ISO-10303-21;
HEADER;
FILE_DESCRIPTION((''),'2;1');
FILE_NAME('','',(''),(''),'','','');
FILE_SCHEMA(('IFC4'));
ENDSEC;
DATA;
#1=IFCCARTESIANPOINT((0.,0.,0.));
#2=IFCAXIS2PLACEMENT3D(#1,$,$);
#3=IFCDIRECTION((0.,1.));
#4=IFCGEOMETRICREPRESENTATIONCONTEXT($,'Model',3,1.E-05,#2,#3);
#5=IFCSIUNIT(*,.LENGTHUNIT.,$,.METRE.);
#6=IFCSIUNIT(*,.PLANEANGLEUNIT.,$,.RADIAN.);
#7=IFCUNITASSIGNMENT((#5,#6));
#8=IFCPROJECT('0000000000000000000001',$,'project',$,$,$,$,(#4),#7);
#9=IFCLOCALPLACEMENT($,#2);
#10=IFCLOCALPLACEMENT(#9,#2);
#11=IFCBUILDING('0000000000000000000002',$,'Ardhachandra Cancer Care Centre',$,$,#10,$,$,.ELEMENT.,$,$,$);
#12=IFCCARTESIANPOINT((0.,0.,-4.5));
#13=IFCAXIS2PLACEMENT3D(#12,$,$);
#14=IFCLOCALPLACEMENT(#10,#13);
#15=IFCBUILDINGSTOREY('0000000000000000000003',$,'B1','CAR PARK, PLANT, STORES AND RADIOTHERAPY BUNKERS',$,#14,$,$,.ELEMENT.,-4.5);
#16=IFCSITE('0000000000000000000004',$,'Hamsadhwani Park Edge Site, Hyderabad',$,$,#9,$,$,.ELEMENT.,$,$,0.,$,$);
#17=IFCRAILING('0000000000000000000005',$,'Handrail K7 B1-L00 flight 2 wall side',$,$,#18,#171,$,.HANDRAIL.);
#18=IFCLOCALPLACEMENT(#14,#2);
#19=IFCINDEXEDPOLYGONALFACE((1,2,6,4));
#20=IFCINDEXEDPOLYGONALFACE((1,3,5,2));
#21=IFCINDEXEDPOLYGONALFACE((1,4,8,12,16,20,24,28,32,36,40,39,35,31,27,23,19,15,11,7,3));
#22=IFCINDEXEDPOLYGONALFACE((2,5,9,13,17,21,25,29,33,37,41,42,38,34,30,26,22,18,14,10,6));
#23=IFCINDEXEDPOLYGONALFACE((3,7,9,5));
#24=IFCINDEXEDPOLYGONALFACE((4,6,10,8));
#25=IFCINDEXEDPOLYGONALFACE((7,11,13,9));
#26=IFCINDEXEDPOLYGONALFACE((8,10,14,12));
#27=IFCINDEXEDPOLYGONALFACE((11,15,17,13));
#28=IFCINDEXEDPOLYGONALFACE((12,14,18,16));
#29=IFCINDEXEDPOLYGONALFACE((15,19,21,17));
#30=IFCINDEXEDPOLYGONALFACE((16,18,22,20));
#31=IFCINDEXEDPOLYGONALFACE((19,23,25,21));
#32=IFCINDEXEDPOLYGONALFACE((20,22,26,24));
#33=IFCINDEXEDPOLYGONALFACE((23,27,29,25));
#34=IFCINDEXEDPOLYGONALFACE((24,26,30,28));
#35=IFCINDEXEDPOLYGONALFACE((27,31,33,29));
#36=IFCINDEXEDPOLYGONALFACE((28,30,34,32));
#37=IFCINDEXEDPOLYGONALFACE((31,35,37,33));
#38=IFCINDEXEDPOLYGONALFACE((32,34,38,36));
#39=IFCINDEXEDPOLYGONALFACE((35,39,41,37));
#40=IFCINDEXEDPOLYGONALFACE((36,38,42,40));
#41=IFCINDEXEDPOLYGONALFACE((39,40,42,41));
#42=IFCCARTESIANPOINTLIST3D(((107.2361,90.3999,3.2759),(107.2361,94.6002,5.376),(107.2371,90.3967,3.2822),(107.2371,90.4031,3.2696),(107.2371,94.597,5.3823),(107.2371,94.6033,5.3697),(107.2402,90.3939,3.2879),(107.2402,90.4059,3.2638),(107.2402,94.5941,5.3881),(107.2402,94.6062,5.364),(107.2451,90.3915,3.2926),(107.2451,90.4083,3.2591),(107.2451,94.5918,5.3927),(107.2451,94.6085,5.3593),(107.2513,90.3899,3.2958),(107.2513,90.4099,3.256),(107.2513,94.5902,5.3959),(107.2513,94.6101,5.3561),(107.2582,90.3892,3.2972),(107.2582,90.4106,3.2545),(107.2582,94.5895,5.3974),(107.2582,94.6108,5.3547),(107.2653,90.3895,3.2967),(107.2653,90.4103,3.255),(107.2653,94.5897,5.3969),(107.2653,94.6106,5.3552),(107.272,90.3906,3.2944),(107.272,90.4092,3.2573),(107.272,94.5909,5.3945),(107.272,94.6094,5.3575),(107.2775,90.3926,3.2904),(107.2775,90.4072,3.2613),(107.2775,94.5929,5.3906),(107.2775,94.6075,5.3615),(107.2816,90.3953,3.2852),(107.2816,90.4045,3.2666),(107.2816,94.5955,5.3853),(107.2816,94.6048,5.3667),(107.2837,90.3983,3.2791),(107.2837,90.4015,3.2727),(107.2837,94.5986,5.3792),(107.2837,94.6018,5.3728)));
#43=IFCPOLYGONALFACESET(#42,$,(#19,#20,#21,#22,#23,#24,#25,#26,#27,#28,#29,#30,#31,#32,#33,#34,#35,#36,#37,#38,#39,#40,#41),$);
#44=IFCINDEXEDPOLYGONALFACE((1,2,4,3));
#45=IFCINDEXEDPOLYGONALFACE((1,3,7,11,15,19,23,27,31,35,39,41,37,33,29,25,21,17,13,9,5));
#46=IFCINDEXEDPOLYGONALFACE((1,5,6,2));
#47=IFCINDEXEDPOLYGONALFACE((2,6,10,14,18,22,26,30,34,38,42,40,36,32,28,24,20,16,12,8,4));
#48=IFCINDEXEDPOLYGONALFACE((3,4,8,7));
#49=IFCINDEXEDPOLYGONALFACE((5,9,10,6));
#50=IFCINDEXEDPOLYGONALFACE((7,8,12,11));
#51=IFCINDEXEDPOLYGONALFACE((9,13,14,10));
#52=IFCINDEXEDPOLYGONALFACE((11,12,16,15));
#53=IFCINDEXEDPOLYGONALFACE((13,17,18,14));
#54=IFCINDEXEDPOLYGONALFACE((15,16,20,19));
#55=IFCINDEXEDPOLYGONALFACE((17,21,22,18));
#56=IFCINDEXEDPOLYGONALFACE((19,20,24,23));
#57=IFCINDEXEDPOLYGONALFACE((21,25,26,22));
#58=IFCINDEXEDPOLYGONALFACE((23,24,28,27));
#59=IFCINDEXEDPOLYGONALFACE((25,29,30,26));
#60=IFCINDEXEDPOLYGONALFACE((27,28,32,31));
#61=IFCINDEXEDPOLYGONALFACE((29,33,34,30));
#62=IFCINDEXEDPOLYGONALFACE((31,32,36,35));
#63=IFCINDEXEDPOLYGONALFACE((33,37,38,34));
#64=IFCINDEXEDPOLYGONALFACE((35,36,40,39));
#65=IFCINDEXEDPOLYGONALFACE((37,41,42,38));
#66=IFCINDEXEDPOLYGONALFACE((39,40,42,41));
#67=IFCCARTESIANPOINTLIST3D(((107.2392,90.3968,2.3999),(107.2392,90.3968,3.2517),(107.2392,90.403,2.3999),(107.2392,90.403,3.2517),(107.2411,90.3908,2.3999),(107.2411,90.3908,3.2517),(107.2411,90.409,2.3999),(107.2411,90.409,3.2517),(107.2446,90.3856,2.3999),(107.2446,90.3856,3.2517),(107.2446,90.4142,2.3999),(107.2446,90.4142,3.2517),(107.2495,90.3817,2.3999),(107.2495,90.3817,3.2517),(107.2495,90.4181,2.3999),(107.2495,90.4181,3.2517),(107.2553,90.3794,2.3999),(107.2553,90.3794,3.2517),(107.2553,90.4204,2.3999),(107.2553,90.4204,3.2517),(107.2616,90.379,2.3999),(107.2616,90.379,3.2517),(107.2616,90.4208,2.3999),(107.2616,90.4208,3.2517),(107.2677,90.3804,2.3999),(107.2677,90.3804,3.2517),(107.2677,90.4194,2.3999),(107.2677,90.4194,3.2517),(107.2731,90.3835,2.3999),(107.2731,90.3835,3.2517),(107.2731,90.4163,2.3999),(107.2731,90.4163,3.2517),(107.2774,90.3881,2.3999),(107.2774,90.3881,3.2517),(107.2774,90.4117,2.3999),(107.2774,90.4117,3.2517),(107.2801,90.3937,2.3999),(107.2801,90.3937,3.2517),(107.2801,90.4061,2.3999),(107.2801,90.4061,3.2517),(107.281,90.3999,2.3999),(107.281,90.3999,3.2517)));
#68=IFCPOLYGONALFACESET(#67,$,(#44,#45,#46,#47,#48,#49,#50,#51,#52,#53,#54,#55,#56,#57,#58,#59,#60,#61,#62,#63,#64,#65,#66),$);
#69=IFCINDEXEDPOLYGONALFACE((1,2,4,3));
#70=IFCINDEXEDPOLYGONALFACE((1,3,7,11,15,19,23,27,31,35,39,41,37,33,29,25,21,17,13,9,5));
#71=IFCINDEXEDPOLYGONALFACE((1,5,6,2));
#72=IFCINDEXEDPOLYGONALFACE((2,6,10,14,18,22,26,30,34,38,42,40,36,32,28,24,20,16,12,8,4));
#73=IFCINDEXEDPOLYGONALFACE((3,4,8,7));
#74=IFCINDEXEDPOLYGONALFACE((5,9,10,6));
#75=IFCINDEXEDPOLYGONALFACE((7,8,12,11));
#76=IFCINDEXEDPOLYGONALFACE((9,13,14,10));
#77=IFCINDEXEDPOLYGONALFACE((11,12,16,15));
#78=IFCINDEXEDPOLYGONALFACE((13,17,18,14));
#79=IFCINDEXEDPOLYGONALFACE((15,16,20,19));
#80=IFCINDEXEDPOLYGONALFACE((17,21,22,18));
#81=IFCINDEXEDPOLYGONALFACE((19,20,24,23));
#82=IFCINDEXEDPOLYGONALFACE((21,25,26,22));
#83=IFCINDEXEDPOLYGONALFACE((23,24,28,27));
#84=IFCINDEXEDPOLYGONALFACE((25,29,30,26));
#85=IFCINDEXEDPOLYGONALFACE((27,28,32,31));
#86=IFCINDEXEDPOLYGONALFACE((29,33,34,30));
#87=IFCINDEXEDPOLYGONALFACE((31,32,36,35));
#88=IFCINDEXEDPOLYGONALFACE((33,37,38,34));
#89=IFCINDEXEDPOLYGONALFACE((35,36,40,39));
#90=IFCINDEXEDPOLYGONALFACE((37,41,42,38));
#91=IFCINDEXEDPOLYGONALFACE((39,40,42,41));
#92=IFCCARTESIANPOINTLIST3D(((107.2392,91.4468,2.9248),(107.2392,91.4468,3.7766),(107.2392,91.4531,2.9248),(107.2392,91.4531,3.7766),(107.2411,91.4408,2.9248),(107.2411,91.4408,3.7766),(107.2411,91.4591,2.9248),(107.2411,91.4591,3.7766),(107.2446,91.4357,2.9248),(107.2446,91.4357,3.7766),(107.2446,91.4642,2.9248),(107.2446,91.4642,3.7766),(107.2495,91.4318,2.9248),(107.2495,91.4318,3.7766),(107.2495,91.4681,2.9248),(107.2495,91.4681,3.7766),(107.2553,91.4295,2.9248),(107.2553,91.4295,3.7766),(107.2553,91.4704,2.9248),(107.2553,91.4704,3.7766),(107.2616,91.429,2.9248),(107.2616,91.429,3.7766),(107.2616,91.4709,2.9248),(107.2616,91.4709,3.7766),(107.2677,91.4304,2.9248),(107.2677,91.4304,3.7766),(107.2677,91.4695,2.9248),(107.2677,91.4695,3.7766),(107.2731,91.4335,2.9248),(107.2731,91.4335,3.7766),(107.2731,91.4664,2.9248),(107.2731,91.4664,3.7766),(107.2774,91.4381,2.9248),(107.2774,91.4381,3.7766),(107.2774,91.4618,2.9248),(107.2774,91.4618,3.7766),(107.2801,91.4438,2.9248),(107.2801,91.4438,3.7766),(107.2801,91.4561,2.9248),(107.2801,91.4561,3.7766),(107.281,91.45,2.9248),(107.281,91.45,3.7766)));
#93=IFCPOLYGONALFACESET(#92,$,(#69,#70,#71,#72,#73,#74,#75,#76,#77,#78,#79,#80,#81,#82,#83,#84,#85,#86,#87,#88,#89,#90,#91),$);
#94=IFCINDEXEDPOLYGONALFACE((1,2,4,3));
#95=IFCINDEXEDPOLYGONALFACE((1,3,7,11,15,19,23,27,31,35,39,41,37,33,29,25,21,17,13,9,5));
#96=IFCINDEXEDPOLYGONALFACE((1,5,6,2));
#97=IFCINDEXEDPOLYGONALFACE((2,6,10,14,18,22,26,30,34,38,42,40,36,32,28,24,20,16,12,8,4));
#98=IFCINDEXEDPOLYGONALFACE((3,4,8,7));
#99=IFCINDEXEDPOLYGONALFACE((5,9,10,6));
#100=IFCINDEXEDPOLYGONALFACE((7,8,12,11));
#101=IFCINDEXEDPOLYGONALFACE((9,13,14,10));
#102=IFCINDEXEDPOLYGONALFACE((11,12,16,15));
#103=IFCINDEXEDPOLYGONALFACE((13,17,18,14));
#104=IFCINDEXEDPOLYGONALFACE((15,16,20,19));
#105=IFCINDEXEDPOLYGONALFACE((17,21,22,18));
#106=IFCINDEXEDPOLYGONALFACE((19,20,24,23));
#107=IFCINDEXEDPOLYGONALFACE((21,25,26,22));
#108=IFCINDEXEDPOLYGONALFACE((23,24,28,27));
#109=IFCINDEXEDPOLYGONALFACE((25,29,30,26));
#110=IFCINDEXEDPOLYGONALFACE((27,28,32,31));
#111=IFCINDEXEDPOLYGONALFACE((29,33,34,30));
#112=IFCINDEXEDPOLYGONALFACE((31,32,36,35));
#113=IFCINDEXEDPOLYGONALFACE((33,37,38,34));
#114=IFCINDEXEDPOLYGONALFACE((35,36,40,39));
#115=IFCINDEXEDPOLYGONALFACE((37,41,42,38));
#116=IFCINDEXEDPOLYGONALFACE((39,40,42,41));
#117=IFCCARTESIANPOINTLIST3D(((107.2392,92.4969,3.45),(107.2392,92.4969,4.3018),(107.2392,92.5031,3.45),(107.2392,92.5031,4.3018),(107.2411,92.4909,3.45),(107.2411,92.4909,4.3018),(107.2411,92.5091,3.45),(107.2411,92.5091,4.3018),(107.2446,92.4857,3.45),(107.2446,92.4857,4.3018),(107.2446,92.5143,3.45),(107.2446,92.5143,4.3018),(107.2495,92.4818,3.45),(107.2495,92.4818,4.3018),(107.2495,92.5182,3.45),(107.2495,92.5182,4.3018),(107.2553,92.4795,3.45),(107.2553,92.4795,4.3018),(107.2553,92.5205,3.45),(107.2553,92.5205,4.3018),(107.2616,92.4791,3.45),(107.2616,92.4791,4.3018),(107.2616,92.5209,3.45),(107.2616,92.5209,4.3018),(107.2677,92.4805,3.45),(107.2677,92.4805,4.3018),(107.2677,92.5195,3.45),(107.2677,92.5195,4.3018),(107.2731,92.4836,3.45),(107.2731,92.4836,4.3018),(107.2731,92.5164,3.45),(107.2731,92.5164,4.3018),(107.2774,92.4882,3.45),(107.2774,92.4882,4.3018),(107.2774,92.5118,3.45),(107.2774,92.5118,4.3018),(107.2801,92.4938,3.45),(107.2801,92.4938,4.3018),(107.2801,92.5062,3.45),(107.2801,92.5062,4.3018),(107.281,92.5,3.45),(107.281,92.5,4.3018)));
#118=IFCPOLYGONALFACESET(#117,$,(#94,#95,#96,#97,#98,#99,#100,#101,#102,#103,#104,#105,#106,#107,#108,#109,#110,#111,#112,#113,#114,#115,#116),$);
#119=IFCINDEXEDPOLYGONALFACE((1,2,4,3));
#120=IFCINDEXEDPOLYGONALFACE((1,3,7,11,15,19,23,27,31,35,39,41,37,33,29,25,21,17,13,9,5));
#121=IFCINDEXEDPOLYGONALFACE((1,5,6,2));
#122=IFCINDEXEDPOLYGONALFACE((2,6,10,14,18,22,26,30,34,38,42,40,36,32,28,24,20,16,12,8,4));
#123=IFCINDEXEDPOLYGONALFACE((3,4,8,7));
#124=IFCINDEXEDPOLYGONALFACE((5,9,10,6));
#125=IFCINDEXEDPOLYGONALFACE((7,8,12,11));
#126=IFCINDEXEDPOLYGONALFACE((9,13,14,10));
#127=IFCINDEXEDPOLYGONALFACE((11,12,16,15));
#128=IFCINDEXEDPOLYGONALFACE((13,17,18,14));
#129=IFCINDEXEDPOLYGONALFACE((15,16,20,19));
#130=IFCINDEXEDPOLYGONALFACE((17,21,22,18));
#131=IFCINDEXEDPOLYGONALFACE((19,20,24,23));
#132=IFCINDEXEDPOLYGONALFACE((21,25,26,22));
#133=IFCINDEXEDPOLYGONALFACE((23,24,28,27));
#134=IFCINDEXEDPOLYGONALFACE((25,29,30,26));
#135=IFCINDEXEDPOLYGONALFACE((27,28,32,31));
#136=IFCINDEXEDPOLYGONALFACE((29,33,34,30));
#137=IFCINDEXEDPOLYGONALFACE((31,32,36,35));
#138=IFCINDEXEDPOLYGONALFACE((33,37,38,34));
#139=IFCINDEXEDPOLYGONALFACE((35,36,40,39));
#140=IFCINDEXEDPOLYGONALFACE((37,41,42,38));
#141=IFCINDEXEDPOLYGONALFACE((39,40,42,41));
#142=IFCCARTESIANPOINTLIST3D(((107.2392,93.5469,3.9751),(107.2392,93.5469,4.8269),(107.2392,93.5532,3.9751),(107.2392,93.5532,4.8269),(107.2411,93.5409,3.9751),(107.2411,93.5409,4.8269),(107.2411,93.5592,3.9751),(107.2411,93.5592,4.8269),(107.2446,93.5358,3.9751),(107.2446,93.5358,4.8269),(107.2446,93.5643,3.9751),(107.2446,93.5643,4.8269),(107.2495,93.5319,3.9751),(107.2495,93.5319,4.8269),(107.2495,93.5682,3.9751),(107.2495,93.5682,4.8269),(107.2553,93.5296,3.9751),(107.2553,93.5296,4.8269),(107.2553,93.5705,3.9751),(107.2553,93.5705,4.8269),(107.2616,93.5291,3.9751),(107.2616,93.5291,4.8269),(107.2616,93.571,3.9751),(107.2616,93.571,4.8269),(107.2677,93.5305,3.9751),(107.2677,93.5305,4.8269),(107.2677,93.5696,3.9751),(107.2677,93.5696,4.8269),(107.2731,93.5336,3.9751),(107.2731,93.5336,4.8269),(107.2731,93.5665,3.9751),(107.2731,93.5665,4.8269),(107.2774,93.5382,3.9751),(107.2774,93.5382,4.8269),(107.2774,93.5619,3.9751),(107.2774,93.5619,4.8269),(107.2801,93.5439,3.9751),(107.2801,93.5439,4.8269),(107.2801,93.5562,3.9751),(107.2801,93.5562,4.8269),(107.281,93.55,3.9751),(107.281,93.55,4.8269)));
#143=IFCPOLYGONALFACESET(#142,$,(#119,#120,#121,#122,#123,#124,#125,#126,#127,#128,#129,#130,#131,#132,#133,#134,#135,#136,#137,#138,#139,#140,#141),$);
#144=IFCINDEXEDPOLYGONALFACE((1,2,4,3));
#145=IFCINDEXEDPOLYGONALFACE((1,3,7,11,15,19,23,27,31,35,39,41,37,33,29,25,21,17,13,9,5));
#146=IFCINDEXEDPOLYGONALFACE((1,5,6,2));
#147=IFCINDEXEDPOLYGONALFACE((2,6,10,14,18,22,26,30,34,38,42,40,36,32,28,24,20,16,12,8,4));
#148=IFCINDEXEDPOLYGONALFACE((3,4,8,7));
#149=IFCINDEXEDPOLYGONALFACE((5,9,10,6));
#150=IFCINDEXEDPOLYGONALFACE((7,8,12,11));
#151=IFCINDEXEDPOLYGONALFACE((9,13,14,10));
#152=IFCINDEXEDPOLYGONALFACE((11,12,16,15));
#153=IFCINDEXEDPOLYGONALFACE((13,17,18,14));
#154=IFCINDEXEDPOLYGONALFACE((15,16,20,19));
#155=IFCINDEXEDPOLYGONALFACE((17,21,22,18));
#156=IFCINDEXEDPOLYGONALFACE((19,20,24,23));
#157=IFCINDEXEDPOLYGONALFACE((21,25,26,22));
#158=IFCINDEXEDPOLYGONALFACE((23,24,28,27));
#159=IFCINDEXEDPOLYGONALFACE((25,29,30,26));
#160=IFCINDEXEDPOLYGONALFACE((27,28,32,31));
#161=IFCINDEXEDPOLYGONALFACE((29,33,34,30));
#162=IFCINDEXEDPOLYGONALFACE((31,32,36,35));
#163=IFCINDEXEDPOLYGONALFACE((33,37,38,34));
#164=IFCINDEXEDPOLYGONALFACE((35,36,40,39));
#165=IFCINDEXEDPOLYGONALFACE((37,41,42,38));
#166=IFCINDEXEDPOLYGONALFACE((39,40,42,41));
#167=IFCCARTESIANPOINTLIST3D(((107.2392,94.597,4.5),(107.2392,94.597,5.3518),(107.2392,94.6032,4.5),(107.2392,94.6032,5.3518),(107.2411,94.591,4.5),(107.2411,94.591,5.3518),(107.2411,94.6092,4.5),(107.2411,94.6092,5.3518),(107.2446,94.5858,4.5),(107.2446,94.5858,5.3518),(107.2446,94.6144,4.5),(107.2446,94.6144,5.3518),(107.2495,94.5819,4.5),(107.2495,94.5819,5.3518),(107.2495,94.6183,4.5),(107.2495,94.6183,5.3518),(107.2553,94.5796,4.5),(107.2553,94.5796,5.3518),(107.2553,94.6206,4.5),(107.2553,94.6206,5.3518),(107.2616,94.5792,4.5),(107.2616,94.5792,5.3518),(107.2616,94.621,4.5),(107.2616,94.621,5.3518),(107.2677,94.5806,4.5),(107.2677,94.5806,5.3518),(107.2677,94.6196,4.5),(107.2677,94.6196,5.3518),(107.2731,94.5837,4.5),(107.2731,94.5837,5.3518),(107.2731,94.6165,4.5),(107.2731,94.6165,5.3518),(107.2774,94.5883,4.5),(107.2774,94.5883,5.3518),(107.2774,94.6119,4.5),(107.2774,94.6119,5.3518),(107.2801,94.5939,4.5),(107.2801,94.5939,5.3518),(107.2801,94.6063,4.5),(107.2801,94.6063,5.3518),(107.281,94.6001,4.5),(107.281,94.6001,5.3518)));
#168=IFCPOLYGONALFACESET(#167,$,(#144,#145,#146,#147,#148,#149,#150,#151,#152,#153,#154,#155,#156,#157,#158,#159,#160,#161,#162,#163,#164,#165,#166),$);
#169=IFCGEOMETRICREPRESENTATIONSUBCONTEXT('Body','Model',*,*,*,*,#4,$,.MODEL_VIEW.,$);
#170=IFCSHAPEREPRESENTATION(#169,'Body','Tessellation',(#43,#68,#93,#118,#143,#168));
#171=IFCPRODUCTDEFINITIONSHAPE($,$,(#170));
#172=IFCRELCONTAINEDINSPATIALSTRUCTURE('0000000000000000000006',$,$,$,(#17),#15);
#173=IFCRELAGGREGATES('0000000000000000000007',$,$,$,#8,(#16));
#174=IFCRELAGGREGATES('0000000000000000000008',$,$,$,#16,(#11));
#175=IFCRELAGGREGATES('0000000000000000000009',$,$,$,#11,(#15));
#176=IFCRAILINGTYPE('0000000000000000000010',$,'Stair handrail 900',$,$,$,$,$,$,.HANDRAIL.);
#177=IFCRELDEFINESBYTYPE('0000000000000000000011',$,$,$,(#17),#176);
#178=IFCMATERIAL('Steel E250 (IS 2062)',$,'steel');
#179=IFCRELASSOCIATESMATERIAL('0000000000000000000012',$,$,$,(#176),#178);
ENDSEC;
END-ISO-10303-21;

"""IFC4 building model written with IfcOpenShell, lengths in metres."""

from ifc_helpers import new_model, si_unit, direction, frame, origin, origin_2d, place, context, subcontext, project, spatial, circle, extrude, material, type_object, element, save


model = new_model("IFC4")

# Units and contexts
model_context = context("Model", 3, precision=1e-05, world=origin(), true_north=direction((0.0, 1.0)))
body_context = subcontext(model_context, "Body", "Model", "MODEL_VIEW")
ifc_project = project(units=[si_unit("LENGTHUNIT", "METRE"), si_unit("PLANEANGLEUNIT", "RADIAN")], contexts=[model_context])

# Site, building, storey
site_placement = place(None, origin())
site = spatial("IfcSite", under=ifc_project, at=site_placement, Name="Hamsadhwani Park Edge Site, Hyderabad", CompositionType="ELEMENT", RefElevation=0.0)
building_placement = place(site_placement, origin())
building = spatial("IfcBuilding", under=site, at=building_placement, Name="Ardhachandra Cancer Care Centre", CompositionType="ELEMENT")
storey_placement = place(building_placement, frame((0.0, 0.0, -4.5)))
storey = spatial("IfcBuildingStorey", under=building, at=storey_placement, Name="B1", Description="CAR PARK, PLANT, STORES AND RADIOTHERAPY BUNKERS", CompositionType="ELEMENT", Elevation=-4.5)

# Railing
ifc_material_1 = material(Name="Steel E250 (IS 2062)", Category="steel")
railing_type = type_object("IfcRailingType", Name="Stair handrail 900", PredefinedType="HANDRAIL", material=ifc_material_1)
for number, where, name in (
    (1, (107.26, 90.3999, 2.3999), "Handrail K7 B1-L00 flight 2 wall side"),
):
    element("IfcRailing", number, at=place(storey_placement, frame(where)), inside=storey, type_object=railing_type, Name=name, PredefinedType="HANDRAIL", context=body_context, shape_type="SweptSolid", body=[
        extrude(circle(Radius=0.0239, at=origin_2d()), frame((0.0, 0.0, 0.876), z_axis=(0.0, 0.894427, 0.447214), x_axis=(-1.0, 0.0, 0.0)), (0.0, 0.0, 1.0), 4.696),
        extrude(circle(Radius=0.021, at=origin_2d()), origin(), (0.0, 0.0, 1.0), 0.8518),
        extrude(circle(Radius=0.021, at=origin_2d()), frame((0.0, 1.05, 0.5249)), (0.0, 0.0, 1.0), 0.8518),
        extrude(circle(Radius=0.021, at=origin_2d()), frame((0.0, 2.1001, 1.05)), (0.0, 0.0, 1.0), 0.8518),
        extrude(circle(Radius=0.021, at=origin_2d()), frame((0.0, 3.1501, 1.5752)), (0.0, 0.0, 1.0), 0.8518),
        extrude(circle(Radius=0.021, at=origin_2d()), frame((0.0, 4.2002, 2.1001)), (0.0, 0.0, 1.0), 0.8518),
    ])

save(model, "model.ifc")
